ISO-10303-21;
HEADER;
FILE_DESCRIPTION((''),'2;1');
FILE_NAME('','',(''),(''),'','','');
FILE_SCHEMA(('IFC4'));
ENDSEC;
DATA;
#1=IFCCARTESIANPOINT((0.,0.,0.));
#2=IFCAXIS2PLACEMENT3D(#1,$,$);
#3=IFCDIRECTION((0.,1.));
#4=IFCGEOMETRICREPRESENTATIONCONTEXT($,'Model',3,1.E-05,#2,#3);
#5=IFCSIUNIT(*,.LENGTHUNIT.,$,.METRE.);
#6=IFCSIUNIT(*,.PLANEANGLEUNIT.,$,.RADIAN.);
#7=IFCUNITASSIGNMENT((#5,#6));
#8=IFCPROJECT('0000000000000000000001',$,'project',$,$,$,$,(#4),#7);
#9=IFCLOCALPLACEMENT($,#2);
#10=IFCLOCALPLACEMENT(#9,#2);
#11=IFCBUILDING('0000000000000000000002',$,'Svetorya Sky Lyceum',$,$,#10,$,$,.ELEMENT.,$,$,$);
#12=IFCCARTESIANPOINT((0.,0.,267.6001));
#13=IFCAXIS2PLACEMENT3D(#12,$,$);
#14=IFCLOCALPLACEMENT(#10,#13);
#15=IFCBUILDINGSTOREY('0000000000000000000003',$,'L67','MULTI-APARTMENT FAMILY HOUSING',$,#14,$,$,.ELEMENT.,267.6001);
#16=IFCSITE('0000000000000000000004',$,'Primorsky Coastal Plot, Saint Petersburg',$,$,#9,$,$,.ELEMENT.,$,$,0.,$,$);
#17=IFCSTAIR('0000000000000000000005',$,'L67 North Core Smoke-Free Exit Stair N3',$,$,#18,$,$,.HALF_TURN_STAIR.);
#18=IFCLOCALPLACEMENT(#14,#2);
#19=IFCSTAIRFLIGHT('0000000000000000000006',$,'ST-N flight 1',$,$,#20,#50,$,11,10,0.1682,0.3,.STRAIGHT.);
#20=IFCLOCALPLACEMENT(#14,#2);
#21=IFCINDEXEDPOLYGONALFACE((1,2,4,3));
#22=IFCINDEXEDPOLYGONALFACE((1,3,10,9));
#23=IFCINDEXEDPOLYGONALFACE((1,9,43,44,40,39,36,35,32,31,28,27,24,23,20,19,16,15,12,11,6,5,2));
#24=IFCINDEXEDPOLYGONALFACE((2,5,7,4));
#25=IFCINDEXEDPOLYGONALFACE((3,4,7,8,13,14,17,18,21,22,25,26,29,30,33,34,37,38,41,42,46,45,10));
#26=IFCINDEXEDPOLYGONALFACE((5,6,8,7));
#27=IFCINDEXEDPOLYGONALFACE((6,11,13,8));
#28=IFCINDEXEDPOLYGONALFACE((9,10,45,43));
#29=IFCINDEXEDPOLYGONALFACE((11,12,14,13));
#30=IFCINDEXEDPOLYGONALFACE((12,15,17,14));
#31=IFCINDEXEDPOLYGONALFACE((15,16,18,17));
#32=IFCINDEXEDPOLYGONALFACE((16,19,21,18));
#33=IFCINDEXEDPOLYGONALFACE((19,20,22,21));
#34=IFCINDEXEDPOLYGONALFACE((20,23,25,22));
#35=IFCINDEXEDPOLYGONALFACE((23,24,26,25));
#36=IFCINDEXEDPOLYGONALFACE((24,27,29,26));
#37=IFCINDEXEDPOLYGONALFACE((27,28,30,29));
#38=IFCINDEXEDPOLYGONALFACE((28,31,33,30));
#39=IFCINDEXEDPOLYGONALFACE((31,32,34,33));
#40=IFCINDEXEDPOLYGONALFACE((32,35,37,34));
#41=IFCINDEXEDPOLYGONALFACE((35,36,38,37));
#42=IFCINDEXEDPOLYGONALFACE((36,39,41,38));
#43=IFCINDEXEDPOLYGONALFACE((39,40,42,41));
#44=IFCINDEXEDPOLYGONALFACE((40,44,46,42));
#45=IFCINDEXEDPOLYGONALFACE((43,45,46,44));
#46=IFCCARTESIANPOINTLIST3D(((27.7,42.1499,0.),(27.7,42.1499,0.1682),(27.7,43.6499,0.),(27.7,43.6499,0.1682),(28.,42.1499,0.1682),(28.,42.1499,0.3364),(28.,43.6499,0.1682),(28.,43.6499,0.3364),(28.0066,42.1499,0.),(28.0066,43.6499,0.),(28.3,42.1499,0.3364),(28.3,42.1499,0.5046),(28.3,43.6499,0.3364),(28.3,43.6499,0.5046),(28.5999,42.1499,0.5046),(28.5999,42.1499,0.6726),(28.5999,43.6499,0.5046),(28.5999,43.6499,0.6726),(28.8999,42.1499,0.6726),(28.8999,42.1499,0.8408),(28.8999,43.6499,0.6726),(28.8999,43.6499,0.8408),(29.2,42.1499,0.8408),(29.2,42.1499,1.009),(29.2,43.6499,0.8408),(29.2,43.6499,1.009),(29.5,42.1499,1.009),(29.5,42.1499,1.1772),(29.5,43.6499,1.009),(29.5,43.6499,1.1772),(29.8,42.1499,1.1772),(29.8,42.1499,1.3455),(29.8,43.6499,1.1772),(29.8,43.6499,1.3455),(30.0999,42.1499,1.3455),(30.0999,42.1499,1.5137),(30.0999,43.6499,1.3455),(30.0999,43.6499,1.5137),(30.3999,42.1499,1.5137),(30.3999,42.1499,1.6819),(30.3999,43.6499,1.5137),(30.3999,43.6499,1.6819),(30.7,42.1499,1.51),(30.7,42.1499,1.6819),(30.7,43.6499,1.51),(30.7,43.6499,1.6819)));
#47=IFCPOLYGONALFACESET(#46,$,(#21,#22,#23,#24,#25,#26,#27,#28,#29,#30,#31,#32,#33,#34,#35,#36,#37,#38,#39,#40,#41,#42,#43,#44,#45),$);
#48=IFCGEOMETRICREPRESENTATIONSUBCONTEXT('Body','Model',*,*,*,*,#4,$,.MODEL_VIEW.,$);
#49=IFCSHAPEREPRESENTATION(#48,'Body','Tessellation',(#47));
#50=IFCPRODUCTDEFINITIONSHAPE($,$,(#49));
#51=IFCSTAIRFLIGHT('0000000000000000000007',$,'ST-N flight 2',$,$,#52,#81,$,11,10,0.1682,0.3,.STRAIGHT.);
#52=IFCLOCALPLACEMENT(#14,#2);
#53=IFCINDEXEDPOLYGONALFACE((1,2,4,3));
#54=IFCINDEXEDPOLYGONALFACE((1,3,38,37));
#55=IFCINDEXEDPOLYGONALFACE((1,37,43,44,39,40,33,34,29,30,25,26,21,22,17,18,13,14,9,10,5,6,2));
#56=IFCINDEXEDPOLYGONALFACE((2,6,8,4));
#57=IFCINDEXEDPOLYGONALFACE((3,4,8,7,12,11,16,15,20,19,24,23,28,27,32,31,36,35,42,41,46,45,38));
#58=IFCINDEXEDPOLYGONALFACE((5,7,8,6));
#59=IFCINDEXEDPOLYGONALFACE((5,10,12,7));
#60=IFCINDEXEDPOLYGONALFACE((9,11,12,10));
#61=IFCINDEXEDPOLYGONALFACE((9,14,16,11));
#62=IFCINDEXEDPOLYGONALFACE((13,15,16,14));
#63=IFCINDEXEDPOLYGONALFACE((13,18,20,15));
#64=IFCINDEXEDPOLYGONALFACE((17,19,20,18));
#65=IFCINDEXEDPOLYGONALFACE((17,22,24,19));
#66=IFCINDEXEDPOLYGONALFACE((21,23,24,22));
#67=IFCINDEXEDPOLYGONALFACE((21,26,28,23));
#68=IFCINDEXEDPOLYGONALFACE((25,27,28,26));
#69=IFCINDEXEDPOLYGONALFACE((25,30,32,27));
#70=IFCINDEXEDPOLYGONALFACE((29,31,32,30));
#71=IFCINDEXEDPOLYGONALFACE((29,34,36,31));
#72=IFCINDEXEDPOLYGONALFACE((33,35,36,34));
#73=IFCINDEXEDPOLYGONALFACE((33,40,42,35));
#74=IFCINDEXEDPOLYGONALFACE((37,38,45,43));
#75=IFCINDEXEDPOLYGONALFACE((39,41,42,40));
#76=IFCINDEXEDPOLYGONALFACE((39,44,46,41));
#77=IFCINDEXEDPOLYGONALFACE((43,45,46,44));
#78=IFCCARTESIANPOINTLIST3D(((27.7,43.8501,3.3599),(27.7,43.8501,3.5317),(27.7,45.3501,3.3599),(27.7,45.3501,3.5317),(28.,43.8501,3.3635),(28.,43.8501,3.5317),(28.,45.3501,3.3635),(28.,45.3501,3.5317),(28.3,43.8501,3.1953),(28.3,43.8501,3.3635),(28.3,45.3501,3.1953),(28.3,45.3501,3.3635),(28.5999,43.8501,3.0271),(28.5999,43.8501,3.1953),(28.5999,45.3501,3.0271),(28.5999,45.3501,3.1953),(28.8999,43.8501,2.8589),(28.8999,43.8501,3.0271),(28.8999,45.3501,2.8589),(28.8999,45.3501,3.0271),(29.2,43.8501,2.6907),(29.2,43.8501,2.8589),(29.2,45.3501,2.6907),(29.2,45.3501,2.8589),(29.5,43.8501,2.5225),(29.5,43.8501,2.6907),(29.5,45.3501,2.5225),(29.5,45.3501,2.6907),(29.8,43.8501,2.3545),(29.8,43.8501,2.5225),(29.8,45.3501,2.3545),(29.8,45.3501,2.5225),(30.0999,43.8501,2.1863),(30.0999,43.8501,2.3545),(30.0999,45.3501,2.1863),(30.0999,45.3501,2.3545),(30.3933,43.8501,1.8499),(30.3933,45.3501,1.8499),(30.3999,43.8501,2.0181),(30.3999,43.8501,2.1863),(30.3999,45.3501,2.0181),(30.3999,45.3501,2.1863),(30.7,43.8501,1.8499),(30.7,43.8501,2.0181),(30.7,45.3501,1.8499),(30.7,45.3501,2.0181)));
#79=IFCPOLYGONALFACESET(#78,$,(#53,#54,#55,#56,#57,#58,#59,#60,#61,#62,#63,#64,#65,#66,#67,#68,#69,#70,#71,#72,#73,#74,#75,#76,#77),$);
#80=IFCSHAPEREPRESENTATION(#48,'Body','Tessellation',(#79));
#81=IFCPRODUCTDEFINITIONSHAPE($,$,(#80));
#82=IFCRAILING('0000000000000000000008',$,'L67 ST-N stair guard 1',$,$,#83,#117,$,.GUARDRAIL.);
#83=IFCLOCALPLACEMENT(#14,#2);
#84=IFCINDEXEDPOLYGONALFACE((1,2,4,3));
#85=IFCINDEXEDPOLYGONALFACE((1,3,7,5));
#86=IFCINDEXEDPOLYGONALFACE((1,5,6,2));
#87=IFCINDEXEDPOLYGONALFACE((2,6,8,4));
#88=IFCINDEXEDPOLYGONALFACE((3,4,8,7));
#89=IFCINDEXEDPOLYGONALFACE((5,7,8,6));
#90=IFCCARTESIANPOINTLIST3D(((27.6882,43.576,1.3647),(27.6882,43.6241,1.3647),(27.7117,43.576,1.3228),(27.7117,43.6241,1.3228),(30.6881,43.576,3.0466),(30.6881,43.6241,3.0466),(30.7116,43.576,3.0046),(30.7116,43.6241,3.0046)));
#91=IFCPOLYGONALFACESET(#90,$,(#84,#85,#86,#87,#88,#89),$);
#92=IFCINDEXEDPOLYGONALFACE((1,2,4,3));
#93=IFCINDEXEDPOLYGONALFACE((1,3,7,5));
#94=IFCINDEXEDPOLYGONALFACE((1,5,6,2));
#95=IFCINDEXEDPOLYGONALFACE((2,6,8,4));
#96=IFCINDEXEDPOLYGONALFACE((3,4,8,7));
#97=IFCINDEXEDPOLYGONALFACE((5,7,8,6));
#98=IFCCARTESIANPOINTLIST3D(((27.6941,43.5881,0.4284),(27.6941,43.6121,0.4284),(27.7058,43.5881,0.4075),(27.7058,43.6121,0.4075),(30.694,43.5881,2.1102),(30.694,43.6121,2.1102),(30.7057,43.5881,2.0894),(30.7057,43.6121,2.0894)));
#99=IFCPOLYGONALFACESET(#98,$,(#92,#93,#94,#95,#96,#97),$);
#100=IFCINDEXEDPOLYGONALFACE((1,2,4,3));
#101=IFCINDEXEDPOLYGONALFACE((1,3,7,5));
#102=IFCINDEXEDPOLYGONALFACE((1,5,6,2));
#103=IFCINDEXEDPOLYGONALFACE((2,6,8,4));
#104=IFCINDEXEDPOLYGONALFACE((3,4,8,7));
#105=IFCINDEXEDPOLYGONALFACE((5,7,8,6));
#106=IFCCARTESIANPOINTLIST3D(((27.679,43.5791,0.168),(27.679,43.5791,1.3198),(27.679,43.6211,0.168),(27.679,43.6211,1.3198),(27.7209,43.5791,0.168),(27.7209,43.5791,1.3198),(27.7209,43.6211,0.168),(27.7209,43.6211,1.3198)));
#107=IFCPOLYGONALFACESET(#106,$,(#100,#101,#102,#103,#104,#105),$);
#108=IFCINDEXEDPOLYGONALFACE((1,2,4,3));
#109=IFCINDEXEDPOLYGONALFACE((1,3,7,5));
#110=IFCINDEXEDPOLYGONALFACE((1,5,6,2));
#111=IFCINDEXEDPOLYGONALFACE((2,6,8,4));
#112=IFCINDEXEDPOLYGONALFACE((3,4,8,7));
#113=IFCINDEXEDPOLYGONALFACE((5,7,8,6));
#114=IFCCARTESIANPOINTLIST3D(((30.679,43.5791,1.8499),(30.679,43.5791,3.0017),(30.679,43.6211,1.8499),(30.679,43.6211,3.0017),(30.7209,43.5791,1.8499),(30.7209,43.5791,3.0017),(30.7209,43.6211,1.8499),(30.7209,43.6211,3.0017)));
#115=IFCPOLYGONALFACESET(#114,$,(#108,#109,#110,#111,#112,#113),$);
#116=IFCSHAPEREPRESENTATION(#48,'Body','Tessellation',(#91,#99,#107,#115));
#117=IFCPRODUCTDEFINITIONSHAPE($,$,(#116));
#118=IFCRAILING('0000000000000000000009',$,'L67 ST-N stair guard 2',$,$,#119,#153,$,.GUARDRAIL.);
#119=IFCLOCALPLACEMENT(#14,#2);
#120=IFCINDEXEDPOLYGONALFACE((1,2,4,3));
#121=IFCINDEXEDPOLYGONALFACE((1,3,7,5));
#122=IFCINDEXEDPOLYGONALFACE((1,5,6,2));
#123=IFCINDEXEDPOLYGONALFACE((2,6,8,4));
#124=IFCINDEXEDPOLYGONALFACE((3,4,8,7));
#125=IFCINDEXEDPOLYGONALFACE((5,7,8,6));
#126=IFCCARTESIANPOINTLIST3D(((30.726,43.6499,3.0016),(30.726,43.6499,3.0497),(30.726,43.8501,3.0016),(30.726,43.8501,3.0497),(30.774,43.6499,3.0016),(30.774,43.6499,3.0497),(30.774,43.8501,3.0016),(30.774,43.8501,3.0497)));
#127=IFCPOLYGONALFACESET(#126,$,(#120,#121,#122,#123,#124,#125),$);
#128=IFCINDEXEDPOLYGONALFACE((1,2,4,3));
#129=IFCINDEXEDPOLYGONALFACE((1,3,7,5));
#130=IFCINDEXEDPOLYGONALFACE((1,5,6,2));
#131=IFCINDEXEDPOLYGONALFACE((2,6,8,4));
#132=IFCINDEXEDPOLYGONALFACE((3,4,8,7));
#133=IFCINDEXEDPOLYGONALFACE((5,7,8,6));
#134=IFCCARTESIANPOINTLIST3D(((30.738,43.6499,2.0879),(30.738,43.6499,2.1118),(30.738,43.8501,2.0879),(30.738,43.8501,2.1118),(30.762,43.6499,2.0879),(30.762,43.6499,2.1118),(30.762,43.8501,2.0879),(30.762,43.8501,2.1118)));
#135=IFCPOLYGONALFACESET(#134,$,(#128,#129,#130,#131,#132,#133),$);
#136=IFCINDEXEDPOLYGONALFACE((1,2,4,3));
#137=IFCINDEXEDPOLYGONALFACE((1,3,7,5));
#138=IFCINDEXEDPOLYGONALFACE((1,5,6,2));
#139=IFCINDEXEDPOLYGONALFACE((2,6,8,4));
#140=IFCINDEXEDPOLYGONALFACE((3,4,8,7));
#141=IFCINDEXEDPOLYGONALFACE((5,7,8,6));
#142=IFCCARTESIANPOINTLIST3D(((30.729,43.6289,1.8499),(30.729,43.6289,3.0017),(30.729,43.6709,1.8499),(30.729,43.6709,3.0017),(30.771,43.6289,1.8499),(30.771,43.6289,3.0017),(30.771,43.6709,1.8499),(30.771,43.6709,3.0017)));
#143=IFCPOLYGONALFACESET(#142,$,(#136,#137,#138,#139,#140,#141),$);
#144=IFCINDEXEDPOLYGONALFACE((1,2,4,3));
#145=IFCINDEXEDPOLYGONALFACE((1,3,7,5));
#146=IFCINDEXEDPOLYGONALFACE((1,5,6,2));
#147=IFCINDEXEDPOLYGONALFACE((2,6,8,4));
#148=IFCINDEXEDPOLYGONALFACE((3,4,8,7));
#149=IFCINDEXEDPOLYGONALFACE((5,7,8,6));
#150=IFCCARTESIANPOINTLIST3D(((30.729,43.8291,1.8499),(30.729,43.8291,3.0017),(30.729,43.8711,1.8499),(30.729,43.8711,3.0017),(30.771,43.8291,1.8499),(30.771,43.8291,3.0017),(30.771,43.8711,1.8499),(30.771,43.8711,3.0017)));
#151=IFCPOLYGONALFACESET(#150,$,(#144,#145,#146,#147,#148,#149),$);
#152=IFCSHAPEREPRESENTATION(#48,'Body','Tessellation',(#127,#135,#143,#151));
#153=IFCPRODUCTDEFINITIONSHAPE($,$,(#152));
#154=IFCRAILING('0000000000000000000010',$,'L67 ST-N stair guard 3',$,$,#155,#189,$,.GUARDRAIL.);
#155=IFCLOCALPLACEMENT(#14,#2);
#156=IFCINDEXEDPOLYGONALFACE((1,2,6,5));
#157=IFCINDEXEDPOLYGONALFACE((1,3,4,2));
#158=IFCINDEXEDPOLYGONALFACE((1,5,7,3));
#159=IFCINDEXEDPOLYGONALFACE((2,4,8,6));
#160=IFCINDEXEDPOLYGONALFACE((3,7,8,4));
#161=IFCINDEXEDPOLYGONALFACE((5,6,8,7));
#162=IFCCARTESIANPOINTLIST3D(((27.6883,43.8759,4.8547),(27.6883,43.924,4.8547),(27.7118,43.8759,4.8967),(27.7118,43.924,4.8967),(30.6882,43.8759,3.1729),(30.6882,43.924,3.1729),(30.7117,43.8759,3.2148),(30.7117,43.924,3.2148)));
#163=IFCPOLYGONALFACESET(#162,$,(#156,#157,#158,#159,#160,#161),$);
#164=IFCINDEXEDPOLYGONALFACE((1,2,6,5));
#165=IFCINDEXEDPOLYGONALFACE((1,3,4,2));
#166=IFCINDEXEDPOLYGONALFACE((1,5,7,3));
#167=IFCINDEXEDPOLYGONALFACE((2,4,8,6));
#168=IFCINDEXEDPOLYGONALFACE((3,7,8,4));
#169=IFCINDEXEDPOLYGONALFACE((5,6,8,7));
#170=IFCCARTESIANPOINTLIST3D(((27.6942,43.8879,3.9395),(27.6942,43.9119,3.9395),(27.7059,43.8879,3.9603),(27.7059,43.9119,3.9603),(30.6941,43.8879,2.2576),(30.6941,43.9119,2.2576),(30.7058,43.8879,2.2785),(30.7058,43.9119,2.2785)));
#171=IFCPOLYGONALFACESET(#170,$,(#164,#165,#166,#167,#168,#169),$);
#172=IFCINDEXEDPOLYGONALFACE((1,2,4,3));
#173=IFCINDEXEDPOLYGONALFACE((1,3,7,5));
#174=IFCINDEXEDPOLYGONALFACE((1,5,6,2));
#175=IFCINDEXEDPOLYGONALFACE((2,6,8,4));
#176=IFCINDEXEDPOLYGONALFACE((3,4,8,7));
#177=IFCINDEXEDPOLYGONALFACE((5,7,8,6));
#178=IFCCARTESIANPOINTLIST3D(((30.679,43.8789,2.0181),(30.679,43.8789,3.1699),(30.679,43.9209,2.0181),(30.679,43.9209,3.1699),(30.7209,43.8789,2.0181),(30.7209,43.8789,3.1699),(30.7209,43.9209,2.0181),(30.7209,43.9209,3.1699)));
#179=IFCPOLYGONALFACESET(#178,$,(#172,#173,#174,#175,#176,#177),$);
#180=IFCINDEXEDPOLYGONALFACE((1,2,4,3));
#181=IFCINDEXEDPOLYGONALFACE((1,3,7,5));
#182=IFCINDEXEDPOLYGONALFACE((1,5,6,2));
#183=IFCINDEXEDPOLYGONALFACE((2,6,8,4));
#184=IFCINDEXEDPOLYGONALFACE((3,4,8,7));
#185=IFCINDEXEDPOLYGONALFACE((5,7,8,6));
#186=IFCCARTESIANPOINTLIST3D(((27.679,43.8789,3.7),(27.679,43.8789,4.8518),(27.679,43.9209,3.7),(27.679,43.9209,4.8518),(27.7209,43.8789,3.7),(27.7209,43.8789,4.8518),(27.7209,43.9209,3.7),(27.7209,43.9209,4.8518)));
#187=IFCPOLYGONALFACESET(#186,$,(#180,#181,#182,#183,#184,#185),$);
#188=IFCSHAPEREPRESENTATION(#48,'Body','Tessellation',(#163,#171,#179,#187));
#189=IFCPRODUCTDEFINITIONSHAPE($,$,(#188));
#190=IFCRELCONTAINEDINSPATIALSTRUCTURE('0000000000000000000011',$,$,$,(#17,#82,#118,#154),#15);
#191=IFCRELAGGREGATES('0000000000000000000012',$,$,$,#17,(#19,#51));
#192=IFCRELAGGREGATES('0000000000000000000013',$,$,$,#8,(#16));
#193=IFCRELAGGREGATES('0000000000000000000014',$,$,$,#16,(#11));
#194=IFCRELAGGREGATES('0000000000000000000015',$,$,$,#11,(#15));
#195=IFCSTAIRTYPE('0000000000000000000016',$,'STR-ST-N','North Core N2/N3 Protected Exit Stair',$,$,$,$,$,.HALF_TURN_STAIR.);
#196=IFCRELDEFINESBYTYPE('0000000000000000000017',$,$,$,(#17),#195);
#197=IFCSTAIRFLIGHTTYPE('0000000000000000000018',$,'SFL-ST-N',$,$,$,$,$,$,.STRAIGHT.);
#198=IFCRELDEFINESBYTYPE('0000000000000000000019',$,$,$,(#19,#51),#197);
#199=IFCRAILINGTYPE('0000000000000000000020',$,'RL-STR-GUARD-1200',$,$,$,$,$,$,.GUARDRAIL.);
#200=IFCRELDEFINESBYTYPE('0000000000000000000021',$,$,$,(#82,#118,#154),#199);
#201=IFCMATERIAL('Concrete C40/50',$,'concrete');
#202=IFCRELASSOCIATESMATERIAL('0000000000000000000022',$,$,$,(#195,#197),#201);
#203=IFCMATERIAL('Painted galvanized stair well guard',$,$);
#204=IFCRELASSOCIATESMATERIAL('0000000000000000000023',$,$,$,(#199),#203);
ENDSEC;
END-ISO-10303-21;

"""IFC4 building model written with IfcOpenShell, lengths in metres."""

from ifc_helpers import new_model, si_unit, direction, frame, origin, origin_2d, place, context, subcontext, project, spatial, polyline, rectangle, outline, extrude, material, type_object, element, aggregate, save


model = new_model("IFC4")

# Units and contexts
model_context = context("Model", 3, precision=1e-05, world=origin(), true_north=direction((0.0, 1.0)))
body_context = subcontext(model_context, "Body", "Model", "MODEL_VIEW")
ifc_project = project(units=[si_unit("LENGTHUNIT", "METRE"), si_unit("PLANEANGLEUNIT", "RADIAN")], contexts=[model_context])

# Site, building, storey
site_placement = place(None, origin())
site = spatial("IfcSite", under=ifc_project, at=site_placement, Name="Primorsky Coastal Plot, Saint Petersburg", CompositionType="ELEMENT", RefElevation=0.0)
building_placement = place(site_placement, origin())
building = spatial("IfcBuilding", under=site, at=building_placement, Name="Svetorya Sky Lyceum", CompositionType="ELEMENT")
storey_placement = place(building_placement, frame((0.0, 0.0, 267.6001)))
storey = spatial("IfcBuildingStorey", under=building, at=storey_placement, Name="L67", Description="MULTI-APARTMENT FAMILY HOUSING", CompositionType="ELEMENT", Elevation=267.6001)

# Shared definitions
ifc_material_1 = material(Name="Concrete C40/50", Category="concrete")

# Stair, stair flights
stair_type = type_object("IfcStairType", Name="STR-ST-N", Description="North Core N2/N3 Protected Exit Stair", PredefinedType="HALF_TURN_STAIR", material=ifc_material_1)
stair_placement = place(storey_placement, origin())
stair = element("IfcStair", 1, at=stair_placement, inside=storey, type_object=stair_type, Name="L67 North Core Smoke-Free Exit Stair N3", PredefinedType="HALF_TURN_STAIR")
stair_flight_type = type_object("IfcStairFlightType", Name="SFL-ST-N", PredefinedType="STRAIGHT", material=ifc_material_1)
stair_flight_1_placement = place(storey_placement, frame((27.7, 42.8999, 0.0), z_axis=(0.0, 0.0, 1.0), x_axis=(1.0, 0.0, 0.0)))
stair_flight_1 = element("IfcStairFlight", 2, at=stair_flight_1_placement, type_object=stair_flight_type, Name="ST-N flight 1", NumberOfRisers=11, NumberOfTreads=10, PredefinedType="STRAIGHT", RiserHeight=0.1682, TreadLength=0.3, context=body_context, shape_type="SweptSolid", body=[
    extrude(outline(polyline([(0.0, 0.0), (0.0, 0.1682), (0.3, 0.1682), (0.3, 0.3364), (0.6001, 0.3364), (0.6001, 0.5046), (0.8999, 0.5046), (0.8999, 0.6726), (1.2, 0.6726), (1.2, 0.8408), (1.5, 0.8408), (1.5, 1.009), (1.8, 1.009), (1.8, 1.1772), (2.1001, 1.1772), (2.1001, 1.3455), (2.3999, 1.3455), (2.3999, 1.5137), (2.7, 1.5137), (2.7, 1.6819), (3.0, 1.6819), (3.0, 1.8501), (3.0, 1.51), (0.3066, 0.0), (0.0, 0.0)])), frame((0.0, 0.75, 0.0), z_axis=(0.0, -1.0, 0.0), x_axis=(1.0, 0.0, 0.0)), (0.0, 0.0, 1.0), 1.5),
])
stair_flight_2_placement = place(storey_placement, frame((30.7, 44.6001, 1.8499), z_axis=(0.0, 0.0, 1.0), x_axis=(-1.0, 0.0, 0.0)))
stair_flight_2 = element("IfcStairFlight", 3, at=stair_flight_2_placement, type_object=stair_flight_type, Name="ST-N flight 2", NumberOfRisers=11, NumberOfTreads=10, PredefinedType="STRAIGHT", RiserHeight=0.1682, TreadLength=0.3, context=body_context, shape_type="SweptSolid", body=[
    extrude(outline(polyline([(0.0, 0.0), (0.0, 0.1682), (0.3, 0.1682), (0.3, 0.3364), (0.6001, 0.3364), (0.6001, 0.5046), (0.8999, 0.5046), (0.8999, 0.6726), (1.2, 0.6726), (1.2, 0.8408), (1.5, 0.8408), (1.5, 1.009), (1.8, 1.009), (1.8, 1.1772), (2.1001, 1.1772), (2.1001, 1.3455), (2.3999, 1.3455), (2.3999, 1.5137), (2.7, 1.5137), (2.7, 1.6819), (3.0, 1.6819), (3.0, 1.8501), (3.0, 1.51), (0.3066, 0.0), (0.0, 0.0)])), frame((0.0, 0.75, 0.0), z_axis=(0.0, -1.0, 0.0), x_axis=(1.0, 0.0, 0.0)), (0.0, 0.0, 1.0), 1.5),
])
aggregate(stair, [stair_flight_1, stair_flight_2])

# Railings
ifc_material_2 = material(Name="Painted galvanized stair well guard")
railing_type_1 = type_object("IfcRailingType", Name="RL-STR-GUARD-1200", PredefinedType="GUARDRAIL", material=ifc_material_2)
railing_1_placement = place(storey_placement, frame((27.7, 43.6001, 0.168)))
element("IfcRailing", 4, at=railing_1_placement, inside=storey, type_object=railing_type_1, Name="L67 ST-N stair guard 1", PredefinedType="GUARDRAIL", context=body_context, shape_type="SweptSolid", body=[
    extrude(rectangle(XDim=0.0481, YDim=0.0481, at=origin_2d()), frame((0.0, 0.0, 1.1758), z_axis=(0.872272, 0.0, 0.48902), x_axis=(0.0, 1.0, 0.0)), (0.0, 0.0, 1.0), 3.4392),
    extrude(rectangle(XDim=0.0239, YDim=0.0239, at=origin_2d()), frame((0.0, 0.0, 0.25), z_axis=(0.872272, 0.0, 0.48902), x_axis=(0.0, 1.0, 0.0)), (0.0, 0.0, 1.0), 3.4392),
    extrude(rectangle(XDim=0.042, YDim=0.042, at=origin_2d()), origin(), (0.0, 0.0, 1.0), 1.1519),
    extrude(rectangle(XDim=0.042, YDim=0.042, at=origin_2d()), frame((3.0, 0.0, 1.6819)), (0.0, 0.0, 1.0), 1.1519),
])
railing_2_placement = place(storey_placement, frame((30.75, 43.6499, 1.8499)))
element("IfcRailing", 5, at=railing_2_placement, inside=storey, type_object=railing_type_1, Name="L67 ST-N stair guard 2", PredefinedType="GUARDRAIL", context=body_context, shape_type="SweptSolid", body=[
    extrude(rectangle(XDim=0.0481, YDim=0.0481, at=origin_2d()), frame((0.0, 0.0, 1.1758), z_axis=(0.0, 1.0, 0.0), x_axis=(-1.0, 0.0, 0.0)), (0.0, 0.0, 1.0), 0.2002),
    extrude(rectangle(XDim=0.0239, YDim=0.0239, at=origin_2d()), frame((0.0, 0.0, 0.25), z_axis=(0.0, 1.0, 0.0), x_axis=(-1.0, 0.0, 0.0)), (0.0, 0.0, 1.0), 0.2002),
    extrude(rectangle(XDim=0.042, YDim=0.042, at=origin_2d()), origin(), (0.0, 0.0, 1.0), 1.1519),
    extrude(rectangle(XDim=0.042, YDim=0.042, at=origin_2d()), frame((0.0, 0.2002, 0.0)), (0.0, 0.0, 1.0), 1.1519),
])
railing_3_placement = place(storey_placement, frame((30.7, 43.8999, 2.0181)))
element("IfcRailing", 6, at=railing_3_placement, inside=storey, type_object=railing_type_1, Name="L67 ST-N stair guard 3", PredefinedType="GUARDRAIL", context=body_context, shape_type="SweptSolid", body=[
    extrude(rectangle(XDim=0.0481, YDim=0.0481, at=origin_2d()), frame((0.0, 0.0, 1.1758), z_axis=(-0.872272, 0.0, 0.48902), x_axis=(0.0, -1.0, 0.0)), (0.0, 0.0, 1.0), 3.4392),
    extrude(rectangle(XDim=0.0239, YDim=0.0239, at=origin_2d()), frame((0.0, 0.0, 0.25), z_axis=(-0.872272, 0.0, 0.48902), x_axis=(0.0, -1.0, 0.0)), (0.0, 0.0, 1.0), 3.4392),
    extrude(rectangle(XDim=0.042, YDim=0.042, at=origin_2d()), origin(), (0.0, 0.0, 1.0), 1.1519),
    extrude(rectangle(XDim=0.042, YDim=0.042, at=origin_2d()), frame((-3.0, 0.0, 1.6819)), (0.0, 0.0, 1.0), 1.1519),
])

save(model, "model.ifc")
